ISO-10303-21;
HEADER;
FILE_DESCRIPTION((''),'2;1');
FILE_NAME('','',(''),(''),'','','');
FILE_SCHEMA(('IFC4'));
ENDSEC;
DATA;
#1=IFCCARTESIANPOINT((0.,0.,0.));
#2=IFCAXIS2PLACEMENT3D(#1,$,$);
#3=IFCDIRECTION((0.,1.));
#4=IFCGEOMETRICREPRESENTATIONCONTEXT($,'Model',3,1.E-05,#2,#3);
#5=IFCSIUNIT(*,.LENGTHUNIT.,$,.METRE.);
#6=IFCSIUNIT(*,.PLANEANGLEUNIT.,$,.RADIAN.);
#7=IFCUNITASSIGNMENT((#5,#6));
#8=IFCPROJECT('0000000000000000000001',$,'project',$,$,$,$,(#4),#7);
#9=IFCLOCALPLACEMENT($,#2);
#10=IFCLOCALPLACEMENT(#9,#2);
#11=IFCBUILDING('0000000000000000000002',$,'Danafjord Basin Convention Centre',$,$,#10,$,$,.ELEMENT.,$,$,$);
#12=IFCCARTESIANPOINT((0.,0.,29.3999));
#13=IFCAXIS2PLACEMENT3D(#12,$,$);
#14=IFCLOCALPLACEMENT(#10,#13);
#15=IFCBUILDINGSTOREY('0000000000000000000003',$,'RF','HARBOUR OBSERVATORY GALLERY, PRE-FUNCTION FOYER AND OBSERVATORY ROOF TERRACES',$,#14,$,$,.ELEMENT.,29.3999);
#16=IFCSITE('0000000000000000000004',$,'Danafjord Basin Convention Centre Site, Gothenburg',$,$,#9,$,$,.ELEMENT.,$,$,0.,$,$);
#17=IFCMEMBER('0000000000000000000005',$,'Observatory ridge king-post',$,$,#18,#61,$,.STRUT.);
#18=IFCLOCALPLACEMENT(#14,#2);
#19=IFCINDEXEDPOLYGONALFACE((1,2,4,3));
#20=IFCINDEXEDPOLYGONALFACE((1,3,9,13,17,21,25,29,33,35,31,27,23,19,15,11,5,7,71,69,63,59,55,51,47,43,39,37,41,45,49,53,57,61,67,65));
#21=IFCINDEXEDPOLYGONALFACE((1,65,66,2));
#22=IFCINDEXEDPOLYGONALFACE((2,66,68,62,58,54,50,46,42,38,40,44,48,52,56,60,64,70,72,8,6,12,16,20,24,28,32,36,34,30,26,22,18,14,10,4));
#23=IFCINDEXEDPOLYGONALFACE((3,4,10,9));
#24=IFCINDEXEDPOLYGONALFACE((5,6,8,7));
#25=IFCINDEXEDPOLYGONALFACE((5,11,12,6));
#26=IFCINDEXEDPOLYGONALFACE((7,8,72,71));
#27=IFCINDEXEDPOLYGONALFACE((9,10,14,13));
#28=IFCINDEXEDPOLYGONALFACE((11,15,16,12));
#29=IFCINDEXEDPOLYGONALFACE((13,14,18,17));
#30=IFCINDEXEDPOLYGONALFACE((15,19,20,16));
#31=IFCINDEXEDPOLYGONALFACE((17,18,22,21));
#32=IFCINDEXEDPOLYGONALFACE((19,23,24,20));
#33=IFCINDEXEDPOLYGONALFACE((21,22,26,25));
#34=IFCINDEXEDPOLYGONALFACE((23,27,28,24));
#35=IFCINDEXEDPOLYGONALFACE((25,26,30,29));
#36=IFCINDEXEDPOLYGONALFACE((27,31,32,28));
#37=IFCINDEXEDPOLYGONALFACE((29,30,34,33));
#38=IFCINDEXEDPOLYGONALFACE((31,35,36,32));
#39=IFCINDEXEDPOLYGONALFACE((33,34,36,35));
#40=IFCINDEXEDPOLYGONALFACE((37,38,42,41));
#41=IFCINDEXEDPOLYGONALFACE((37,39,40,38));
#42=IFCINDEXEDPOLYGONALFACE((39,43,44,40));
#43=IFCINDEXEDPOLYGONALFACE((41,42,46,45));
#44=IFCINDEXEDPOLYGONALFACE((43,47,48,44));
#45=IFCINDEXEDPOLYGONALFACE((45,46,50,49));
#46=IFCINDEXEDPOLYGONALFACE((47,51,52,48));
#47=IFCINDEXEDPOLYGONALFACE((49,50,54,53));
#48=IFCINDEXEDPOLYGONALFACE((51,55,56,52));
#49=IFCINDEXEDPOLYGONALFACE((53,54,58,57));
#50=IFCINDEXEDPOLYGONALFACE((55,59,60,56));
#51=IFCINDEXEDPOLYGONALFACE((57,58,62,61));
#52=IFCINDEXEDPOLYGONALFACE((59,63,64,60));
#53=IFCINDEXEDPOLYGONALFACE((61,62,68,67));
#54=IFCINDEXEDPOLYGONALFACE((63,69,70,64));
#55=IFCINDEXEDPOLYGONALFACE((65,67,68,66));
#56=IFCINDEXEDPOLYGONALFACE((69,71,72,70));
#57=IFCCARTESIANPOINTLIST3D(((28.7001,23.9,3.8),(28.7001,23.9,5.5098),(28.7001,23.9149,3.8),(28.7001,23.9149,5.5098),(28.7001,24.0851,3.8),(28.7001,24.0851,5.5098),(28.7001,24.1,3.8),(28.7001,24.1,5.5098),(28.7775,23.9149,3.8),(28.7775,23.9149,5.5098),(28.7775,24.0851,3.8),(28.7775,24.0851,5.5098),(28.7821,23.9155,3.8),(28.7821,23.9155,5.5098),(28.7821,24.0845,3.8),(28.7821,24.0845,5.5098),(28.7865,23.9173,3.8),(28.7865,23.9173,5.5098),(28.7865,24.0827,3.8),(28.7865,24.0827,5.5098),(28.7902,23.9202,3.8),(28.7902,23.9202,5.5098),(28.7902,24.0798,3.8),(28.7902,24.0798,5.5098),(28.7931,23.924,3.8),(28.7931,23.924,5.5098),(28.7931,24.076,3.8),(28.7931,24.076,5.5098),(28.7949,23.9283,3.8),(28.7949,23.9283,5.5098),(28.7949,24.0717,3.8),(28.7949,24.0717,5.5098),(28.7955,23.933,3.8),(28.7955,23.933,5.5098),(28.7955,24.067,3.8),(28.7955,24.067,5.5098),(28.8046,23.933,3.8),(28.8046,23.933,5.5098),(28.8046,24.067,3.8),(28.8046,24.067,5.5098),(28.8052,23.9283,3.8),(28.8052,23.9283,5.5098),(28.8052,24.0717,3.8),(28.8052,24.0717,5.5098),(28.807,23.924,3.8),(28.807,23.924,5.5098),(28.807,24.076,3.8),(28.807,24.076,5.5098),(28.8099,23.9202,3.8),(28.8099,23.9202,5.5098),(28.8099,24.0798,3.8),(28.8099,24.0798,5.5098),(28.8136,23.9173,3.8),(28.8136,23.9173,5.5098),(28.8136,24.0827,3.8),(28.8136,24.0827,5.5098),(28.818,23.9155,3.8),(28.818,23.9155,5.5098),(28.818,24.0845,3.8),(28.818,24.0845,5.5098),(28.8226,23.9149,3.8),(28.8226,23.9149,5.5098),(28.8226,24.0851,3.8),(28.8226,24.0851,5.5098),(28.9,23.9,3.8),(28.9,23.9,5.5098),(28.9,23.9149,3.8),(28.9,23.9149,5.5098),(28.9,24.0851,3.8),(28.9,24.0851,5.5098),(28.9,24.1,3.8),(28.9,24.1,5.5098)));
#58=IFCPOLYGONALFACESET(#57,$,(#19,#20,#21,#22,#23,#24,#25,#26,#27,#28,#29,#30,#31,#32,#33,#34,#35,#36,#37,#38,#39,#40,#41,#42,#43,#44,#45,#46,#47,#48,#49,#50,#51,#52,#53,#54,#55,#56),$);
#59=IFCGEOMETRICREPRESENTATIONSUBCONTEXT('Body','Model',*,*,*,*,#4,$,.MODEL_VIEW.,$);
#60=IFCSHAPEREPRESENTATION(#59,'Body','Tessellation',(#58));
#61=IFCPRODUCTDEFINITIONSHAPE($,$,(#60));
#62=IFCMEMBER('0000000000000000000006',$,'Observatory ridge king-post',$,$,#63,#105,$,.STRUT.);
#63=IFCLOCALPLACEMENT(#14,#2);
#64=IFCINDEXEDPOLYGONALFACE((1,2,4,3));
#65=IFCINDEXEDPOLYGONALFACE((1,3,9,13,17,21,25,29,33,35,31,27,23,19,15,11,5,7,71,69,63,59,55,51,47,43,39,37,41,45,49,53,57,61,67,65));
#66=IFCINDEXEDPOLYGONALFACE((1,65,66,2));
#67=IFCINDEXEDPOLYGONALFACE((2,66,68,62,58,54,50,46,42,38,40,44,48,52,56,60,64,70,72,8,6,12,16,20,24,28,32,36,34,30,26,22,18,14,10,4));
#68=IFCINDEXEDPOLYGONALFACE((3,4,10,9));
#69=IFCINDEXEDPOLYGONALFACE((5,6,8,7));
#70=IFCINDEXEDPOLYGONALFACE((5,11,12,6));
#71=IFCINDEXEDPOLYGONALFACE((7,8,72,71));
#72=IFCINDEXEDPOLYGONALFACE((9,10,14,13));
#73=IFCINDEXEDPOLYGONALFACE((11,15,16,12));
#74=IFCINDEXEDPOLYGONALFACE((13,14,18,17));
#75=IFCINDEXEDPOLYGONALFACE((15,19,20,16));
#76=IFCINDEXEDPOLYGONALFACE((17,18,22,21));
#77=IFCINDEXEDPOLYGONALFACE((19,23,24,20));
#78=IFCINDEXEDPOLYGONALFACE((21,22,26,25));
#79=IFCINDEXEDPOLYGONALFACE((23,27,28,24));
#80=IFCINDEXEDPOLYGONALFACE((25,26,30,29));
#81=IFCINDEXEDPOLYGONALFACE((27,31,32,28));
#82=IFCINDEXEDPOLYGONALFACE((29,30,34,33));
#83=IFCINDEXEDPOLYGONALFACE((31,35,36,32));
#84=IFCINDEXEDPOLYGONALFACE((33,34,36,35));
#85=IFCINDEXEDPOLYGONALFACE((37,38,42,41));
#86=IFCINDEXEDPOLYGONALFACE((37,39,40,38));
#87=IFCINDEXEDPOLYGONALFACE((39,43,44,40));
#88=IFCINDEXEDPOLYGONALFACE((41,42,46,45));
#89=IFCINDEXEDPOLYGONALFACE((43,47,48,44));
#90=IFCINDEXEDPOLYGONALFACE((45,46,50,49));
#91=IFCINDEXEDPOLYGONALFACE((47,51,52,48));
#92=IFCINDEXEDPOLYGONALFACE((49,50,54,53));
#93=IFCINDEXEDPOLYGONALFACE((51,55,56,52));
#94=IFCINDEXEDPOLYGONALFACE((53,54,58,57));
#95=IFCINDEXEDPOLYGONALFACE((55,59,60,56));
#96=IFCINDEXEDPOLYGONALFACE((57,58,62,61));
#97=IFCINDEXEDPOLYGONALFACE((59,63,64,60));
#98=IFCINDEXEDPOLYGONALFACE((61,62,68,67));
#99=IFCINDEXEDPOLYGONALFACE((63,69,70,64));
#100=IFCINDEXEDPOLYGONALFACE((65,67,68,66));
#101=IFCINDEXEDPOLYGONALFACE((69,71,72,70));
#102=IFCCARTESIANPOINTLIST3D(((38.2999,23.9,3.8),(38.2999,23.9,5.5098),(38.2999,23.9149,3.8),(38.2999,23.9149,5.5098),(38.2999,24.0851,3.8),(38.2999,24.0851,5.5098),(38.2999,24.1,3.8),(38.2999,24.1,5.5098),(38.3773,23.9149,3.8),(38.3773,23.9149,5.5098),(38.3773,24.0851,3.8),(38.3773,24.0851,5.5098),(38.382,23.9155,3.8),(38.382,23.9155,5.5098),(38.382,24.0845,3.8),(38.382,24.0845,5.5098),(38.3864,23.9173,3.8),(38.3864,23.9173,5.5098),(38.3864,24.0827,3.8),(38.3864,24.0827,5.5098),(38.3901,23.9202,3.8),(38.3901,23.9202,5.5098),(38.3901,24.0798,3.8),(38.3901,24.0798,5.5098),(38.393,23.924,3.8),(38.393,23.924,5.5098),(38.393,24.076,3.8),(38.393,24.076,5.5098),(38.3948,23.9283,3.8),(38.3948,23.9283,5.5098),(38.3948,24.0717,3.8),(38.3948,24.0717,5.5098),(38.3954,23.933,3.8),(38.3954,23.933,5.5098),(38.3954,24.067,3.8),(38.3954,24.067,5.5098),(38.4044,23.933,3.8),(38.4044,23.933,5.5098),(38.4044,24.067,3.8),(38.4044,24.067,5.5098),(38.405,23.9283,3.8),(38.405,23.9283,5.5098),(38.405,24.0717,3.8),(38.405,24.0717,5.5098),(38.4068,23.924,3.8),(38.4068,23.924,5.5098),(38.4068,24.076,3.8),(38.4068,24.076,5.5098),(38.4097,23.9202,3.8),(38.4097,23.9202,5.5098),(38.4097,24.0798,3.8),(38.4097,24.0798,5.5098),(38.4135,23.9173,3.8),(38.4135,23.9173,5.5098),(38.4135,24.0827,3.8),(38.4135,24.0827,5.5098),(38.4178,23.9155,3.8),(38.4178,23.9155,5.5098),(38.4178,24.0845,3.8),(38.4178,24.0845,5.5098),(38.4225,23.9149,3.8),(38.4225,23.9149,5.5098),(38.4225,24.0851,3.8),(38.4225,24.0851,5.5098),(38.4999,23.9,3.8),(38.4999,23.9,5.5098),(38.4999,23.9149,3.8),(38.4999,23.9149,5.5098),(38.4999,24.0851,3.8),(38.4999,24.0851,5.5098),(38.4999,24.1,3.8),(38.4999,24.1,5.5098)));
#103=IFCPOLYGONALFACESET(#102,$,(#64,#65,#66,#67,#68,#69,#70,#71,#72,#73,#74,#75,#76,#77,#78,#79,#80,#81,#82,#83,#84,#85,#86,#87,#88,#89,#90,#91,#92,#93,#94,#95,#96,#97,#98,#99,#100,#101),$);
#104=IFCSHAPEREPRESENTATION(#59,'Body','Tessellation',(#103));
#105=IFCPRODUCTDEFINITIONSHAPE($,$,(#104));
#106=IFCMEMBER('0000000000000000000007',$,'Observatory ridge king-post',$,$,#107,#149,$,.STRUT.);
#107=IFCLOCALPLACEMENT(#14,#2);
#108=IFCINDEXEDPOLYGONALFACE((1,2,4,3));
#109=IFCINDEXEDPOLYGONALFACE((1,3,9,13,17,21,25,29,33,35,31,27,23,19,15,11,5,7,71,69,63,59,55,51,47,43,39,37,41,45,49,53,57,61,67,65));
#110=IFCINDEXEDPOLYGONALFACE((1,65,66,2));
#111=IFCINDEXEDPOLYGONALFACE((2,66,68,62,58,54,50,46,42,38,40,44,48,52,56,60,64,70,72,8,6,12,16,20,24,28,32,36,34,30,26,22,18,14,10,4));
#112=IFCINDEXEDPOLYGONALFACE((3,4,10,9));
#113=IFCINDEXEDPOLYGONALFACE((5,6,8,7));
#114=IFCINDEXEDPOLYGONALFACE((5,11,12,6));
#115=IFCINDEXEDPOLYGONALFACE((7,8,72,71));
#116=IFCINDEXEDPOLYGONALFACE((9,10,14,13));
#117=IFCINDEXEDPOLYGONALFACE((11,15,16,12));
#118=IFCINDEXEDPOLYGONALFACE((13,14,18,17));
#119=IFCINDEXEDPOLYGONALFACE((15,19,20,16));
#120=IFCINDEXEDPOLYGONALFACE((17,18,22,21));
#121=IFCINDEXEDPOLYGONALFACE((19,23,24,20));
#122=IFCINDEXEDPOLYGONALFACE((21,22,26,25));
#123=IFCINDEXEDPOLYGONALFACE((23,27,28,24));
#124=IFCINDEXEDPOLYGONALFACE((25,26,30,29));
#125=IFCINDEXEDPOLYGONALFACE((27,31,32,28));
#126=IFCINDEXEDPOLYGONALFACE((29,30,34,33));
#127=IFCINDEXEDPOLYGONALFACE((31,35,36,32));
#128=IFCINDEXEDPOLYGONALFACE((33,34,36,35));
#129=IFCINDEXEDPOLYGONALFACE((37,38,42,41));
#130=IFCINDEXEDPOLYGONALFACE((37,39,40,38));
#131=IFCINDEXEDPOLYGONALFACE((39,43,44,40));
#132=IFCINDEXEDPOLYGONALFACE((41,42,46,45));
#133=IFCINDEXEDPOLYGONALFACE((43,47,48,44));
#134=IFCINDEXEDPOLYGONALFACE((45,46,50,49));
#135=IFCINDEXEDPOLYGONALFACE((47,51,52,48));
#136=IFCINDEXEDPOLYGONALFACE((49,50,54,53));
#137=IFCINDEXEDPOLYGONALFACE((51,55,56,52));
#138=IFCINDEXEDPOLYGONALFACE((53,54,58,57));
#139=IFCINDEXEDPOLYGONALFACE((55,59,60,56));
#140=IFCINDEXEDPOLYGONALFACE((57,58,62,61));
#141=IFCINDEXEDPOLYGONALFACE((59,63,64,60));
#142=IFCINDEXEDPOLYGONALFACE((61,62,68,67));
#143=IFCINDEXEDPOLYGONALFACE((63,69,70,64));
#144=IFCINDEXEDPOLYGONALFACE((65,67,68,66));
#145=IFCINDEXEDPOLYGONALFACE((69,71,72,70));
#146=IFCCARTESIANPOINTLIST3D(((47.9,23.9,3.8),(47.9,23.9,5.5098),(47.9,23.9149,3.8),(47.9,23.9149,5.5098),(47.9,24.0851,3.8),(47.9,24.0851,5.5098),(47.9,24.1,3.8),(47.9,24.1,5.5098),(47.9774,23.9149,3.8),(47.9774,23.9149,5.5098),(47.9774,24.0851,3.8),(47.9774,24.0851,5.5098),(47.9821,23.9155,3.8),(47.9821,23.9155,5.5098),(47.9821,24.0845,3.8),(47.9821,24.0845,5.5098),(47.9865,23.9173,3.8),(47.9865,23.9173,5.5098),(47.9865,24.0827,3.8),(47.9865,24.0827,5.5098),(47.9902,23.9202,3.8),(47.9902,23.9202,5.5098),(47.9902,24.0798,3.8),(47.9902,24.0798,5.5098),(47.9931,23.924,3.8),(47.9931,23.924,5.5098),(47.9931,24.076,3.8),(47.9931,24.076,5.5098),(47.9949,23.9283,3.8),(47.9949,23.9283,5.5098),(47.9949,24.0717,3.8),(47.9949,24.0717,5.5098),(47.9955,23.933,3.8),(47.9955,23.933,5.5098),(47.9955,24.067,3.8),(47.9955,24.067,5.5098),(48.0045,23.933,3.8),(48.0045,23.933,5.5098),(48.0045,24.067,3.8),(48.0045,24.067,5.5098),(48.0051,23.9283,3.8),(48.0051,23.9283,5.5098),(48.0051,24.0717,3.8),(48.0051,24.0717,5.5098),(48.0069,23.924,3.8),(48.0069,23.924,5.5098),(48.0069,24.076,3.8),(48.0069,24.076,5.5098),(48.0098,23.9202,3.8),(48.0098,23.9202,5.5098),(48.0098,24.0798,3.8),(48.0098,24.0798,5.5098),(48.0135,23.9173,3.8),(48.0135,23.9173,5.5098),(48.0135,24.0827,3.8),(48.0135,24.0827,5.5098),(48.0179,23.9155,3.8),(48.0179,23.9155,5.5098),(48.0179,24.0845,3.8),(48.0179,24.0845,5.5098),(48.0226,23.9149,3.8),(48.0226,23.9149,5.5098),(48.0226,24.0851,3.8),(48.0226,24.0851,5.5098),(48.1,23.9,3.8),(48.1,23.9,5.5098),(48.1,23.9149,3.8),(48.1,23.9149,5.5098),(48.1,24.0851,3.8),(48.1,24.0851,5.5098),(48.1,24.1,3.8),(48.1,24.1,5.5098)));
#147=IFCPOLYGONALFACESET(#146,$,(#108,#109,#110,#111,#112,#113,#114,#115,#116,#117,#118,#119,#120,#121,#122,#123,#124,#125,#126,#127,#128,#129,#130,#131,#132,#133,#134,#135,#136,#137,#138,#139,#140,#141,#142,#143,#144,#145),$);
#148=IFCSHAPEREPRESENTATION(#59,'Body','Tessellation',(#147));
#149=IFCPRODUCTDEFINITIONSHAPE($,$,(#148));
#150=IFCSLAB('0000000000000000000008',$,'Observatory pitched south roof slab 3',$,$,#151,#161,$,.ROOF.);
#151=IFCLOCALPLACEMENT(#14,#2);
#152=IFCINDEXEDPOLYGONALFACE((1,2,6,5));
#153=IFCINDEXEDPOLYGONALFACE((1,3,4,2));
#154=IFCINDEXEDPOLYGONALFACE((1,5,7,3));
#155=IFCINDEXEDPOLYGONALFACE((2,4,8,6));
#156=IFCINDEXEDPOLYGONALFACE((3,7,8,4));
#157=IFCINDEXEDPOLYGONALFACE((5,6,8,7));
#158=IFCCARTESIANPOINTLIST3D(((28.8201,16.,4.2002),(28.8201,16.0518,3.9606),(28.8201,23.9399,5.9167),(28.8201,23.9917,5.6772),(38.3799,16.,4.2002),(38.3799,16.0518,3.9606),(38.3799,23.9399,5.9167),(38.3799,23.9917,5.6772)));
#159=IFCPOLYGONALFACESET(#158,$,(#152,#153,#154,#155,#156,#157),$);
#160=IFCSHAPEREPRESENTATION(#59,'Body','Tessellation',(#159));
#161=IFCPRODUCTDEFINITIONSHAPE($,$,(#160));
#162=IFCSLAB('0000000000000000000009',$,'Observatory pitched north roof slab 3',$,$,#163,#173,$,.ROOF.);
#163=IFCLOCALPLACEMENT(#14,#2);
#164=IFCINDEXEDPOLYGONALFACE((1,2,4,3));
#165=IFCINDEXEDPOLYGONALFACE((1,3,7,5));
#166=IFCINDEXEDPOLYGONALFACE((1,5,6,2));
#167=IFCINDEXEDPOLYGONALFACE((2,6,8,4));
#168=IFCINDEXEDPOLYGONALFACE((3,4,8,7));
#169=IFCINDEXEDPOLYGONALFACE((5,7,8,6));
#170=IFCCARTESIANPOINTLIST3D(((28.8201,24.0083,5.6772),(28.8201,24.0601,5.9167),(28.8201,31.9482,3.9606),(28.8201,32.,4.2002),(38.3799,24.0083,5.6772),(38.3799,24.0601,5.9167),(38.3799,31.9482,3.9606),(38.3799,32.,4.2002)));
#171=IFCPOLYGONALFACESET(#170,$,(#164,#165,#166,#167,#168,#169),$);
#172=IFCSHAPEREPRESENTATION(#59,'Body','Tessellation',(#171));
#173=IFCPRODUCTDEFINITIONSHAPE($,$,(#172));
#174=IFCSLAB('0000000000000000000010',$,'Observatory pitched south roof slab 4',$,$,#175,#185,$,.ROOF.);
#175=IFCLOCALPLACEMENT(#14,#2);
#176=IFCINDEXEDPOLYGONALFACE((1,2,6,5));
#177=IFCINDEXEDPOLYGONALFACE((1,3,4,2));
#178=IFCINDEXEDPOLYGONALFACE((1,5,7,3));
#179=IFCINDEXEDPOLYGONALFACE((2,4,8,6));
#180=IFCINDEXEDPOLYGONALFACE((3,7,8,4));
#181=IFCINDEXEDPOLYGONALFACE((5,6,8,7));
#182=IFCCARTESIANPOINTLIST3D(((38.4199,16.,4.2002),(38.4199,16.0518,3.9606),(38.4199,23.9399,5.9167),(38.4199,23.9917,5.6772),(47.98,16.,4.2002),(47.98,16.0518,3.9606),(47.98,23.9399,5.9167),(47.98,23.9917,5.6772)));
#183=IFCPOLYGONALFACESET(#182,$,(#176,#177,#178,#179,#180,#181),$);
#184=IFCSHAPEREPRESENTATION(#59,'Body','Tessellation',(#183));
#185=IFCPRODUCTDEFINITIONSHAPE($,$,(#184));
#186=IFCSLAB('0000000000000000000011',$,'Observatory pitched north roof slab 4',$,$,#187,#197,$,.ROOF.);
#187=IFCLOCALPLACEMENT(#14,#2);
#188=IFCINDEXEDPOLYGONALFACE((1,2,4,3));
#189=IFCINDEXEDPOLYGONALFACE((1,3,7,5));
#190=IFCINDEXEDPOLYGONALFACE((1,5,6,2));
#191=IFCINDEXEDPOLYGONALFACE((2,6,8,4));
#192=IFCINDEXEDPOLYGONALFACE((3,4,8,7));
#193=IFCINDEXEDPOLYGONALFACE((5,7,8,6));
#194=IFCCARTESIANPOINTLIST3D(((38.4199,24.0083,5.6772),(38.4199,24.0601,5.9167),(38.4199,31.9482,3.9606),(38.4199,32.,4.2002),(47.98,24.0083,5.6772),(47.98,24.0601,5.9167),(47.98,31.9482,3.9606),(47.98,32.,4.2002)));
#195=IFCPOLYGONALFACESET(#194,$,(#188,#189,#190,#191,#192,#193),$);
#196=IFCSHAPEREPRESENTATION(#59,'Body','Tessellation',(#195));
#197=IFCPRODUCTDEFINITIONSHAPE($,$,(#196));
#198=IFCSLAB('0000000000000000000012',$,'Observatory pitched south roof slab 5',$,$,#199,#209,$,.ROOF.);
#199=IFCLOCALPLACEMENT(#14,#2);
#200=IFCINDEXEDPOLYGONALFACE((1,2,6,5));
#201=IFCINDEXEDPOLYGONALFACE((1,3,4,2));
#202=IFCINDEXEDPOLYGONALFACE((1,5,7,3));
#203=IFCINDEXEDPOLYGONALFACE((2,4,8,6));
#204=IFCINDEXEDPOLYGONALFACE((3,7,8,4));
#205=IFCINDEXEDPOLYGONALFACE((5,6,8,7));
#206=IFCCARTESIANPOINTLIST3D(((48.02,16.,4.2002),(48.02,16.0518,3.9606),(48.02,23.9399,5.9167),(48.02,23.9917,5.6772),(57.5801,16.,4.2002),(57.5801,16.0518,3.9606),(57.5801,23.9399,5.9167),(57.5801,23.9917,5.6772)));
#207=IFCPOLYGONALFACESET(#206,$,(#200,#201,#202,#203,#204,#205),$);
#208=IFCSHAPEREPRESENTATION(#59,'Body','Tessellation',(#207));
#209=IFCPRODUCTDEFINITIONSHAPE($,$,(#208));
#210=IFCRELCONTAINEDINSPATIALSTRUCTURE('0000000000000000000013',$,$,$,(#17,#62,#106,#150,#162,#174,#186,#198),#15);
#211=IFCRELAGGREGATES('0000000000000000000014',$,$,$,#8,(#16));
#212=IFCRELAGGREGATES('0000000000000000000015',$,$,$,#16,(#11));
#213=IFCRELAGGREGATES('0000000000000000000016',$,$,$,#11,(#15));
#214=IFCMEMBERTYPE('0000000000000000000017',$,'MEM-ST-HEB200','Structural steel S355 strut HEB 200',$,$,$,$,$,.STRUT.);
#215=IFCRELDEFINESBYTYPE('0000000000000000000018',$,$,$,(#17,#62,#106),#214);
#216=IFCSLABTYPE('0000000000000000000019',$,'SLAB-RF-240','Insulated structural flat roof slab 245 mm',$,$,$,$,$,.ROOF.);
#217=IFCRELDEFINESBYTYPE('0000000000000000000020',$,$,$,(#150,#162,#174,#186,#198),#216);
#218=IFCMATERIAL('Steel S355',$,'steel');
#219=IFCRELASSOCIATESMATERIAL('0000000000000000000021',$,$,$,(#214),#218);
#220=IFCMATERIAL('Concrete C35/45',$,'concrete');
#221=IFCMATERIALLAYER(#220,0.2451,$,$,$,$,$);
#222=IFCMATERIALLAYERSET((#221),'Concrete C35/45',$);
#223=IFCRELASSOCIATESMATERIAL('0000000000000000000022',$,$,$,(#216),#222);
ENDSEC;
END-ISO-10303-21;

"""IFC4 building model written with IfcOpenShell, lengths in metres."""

from ifc_helpers import new_model, si_unit, direction, frame, origin, origin_2d, place, context, subcontext, project, spatial, polyline, i_section, outline, extrude, material, layer, layer_set, material_profile, profile_set, type_object, element, save


model = new_model("IFC4")

# Units and contexts
model_context = context("Model", 3, precision=1e-05, world=origin(), true_north=direction((0.0, 1.0)))
body_context = subcontext(model_context, "Body", "Model", "MODEL_VIEW")
ifc_project = project(units=[si_unit("LENGTHUNIT", "METRE"), si_unit("PLANEANGLEUNIT", "RADIAN")], contexts=[model_context])

# Site, building, storey
site_placement = place(None, origin())
site = spatial("IfcSite", under=ifc_project, at=site_placement, Name="Danafjord Basin Convention Centre Site, Gothenburg", CompositionType="ELEMENT", RefElevation=0.0)
building_placement = place(site_placement, origin())
building = spatial("IfcBuilding", under=site, at=building_placement, Name="Danafjord Basin Convention Centre", CompositionType="ELEMENT")
storey_placement = place(building_placement, frame((0.0, 0.0, 29.3999)))
storey = spatial("IfcBuildingStorey", under=building, at=storey_placement, Name="RF", Description="HARBOUR OBSERVATORY GALLERY, PRE-FUNCTION FOYER AND OBSERVATORY ROOF TERRACES", CompositionType="ELEMENT", Elevation=29.3999)

# Shared definitions
ifc_material_1 = material(Name="Steel S355", Category="steel")

# Members
ifc_material_profile_1 = material_profile(ifc_material_1, i_section(OverallWidth=0.2, OverallDepth=0.2, WebThickness=0.009, FlangeThickness=0.0149, FilletRadius=0.0181, at=origin_2d()), Name="HEB 200")
ifc_profile_set_1 = profile_set([ifc_material_profile_1], Name="Steel S355")
member_type_1 = type_object("IfcMemberType", Name="MEM-ST-HEB200", Description="Structural steel S355 strut HEB 200", PredefinedType="STRUT", material=ifc_profile_set_1)
for number, where, z_axis, x_axis, name in (
    (1, (28.8, 24.0, 3.8), (0.0, 0.0, 1.0), (1.0, 0.0, 0.0), "Observatory ridge king-post"),
    (2, (38.3999, 24.0, 3.8), (0.0, 0.0, 1.0), (1.0, 0.0, 0.0), "Observatory ridge king-post"),
    (3, (48.0, 24.0, 3.8), (0.0, 0.0, 1.0), (1.0, 0.0, 0.0), "Observatory ridge king-post"),
):
    element("IfcMember", number, at=place(storey_placement, frame(where, z_axis=z_axis, x_axis=x_axis)), inside=storey, type_object=member_type_1, Name=name, PredefinedType="STRUT", context=body_context, shape_type="SweptSolid", body=[
        extrude(i_section(OverallWidth=0.2, OverallDepth=0.2, WebThickness=0.009, FlangeThickness=0.0149, FilletRadius=0.0181, at=origin_2d()), origin(), (0.0, 0.0, 1.0), 1.7097),
    ])

# Slabs
ifc_material_2 = material(Name="Concrete C35/45", Category="concrete")
ifc_layer_1 = layer(ifc_material_2, 0.2451)
ifc_layer_set_1 = layer_set([ifc_layer_1], Name="Concrete C35/45")
slab_type = type_object("IfcSlabType", Name="SLAB-RF-240", Description="Insulated structural flat roof slab 245 mm", PredefinedType="ROOF", material=ifc_layer_set_1)
for number, where, z_axis, x_axis, name in (
    (4, (28.8201, 16.0, 4.2002), (0.0, -0.21131, 0.977419), (1.0, 0.0, 0.0), "Observatory pitched south roof slab 3"),
    (5, (28.8201, 24.0601, 5.9167), (0.0, 0.21131, 0.977419), (1.0, 0.0, 0.0), "Observatory pitched north roof slab 3"),
):
    element("IfcSlab", number, at=place(storey_placement, frame(where, z_axis=z_axis, x_axis=x_axis)), inside=storey, type_object=slab_type, Name=name, PredefinedType="ROOF", context=body_context, shape_type="SweptSolid", body=[
        extrude(outline(polyline([(0.0, 0.0), (9.5598, 0.0), (9.5598, 8.1234), (0.0, 8.1234), (0.0, 0.0)])), origin(), (0.0, 0.0, -1.0), 0.2451),
    ])
for number, where, z_axis, x_axis, name in (
    (6, (38.4199, 16.0, 4.2002), (0.0, -0.21131, 0.977419), (1.0, 0.0, 0.0), "Observatory pitched south roof slab 4"),
    (7, (38.4199, 24.0601, 5.9167), (0.0, 0.21131, 0.977419), (1.0, 0.0, 0.0), "Observatory pitched north roof slab 4"),
    (8, (48.02, 16.0, 4.2002), (0.0, -0.21131, 0.977419), (1.0, 0.0, 0.0), "Observatory pitched south roof slab 5"),
):
    element("IfcSlab", number, at=place(storey_placement, frame(where, z_axis=z_axis, x_axis=x_axis)), inside=storey, type_object=slab_type, Name=name, PredefinedType="ROOF", context=body_context, shape_type="SweptSolid", body=[
        extrude(outline(polyline([(0.0, 0.0), (9.5601, 0.0), (9.5601, 8.1234), (0.0, 8.1234), (0.0, 0.0)])), origin(), (0.0, 0.0, -1.0), 0.2451),
    ])

save(model, "model.ifc")
